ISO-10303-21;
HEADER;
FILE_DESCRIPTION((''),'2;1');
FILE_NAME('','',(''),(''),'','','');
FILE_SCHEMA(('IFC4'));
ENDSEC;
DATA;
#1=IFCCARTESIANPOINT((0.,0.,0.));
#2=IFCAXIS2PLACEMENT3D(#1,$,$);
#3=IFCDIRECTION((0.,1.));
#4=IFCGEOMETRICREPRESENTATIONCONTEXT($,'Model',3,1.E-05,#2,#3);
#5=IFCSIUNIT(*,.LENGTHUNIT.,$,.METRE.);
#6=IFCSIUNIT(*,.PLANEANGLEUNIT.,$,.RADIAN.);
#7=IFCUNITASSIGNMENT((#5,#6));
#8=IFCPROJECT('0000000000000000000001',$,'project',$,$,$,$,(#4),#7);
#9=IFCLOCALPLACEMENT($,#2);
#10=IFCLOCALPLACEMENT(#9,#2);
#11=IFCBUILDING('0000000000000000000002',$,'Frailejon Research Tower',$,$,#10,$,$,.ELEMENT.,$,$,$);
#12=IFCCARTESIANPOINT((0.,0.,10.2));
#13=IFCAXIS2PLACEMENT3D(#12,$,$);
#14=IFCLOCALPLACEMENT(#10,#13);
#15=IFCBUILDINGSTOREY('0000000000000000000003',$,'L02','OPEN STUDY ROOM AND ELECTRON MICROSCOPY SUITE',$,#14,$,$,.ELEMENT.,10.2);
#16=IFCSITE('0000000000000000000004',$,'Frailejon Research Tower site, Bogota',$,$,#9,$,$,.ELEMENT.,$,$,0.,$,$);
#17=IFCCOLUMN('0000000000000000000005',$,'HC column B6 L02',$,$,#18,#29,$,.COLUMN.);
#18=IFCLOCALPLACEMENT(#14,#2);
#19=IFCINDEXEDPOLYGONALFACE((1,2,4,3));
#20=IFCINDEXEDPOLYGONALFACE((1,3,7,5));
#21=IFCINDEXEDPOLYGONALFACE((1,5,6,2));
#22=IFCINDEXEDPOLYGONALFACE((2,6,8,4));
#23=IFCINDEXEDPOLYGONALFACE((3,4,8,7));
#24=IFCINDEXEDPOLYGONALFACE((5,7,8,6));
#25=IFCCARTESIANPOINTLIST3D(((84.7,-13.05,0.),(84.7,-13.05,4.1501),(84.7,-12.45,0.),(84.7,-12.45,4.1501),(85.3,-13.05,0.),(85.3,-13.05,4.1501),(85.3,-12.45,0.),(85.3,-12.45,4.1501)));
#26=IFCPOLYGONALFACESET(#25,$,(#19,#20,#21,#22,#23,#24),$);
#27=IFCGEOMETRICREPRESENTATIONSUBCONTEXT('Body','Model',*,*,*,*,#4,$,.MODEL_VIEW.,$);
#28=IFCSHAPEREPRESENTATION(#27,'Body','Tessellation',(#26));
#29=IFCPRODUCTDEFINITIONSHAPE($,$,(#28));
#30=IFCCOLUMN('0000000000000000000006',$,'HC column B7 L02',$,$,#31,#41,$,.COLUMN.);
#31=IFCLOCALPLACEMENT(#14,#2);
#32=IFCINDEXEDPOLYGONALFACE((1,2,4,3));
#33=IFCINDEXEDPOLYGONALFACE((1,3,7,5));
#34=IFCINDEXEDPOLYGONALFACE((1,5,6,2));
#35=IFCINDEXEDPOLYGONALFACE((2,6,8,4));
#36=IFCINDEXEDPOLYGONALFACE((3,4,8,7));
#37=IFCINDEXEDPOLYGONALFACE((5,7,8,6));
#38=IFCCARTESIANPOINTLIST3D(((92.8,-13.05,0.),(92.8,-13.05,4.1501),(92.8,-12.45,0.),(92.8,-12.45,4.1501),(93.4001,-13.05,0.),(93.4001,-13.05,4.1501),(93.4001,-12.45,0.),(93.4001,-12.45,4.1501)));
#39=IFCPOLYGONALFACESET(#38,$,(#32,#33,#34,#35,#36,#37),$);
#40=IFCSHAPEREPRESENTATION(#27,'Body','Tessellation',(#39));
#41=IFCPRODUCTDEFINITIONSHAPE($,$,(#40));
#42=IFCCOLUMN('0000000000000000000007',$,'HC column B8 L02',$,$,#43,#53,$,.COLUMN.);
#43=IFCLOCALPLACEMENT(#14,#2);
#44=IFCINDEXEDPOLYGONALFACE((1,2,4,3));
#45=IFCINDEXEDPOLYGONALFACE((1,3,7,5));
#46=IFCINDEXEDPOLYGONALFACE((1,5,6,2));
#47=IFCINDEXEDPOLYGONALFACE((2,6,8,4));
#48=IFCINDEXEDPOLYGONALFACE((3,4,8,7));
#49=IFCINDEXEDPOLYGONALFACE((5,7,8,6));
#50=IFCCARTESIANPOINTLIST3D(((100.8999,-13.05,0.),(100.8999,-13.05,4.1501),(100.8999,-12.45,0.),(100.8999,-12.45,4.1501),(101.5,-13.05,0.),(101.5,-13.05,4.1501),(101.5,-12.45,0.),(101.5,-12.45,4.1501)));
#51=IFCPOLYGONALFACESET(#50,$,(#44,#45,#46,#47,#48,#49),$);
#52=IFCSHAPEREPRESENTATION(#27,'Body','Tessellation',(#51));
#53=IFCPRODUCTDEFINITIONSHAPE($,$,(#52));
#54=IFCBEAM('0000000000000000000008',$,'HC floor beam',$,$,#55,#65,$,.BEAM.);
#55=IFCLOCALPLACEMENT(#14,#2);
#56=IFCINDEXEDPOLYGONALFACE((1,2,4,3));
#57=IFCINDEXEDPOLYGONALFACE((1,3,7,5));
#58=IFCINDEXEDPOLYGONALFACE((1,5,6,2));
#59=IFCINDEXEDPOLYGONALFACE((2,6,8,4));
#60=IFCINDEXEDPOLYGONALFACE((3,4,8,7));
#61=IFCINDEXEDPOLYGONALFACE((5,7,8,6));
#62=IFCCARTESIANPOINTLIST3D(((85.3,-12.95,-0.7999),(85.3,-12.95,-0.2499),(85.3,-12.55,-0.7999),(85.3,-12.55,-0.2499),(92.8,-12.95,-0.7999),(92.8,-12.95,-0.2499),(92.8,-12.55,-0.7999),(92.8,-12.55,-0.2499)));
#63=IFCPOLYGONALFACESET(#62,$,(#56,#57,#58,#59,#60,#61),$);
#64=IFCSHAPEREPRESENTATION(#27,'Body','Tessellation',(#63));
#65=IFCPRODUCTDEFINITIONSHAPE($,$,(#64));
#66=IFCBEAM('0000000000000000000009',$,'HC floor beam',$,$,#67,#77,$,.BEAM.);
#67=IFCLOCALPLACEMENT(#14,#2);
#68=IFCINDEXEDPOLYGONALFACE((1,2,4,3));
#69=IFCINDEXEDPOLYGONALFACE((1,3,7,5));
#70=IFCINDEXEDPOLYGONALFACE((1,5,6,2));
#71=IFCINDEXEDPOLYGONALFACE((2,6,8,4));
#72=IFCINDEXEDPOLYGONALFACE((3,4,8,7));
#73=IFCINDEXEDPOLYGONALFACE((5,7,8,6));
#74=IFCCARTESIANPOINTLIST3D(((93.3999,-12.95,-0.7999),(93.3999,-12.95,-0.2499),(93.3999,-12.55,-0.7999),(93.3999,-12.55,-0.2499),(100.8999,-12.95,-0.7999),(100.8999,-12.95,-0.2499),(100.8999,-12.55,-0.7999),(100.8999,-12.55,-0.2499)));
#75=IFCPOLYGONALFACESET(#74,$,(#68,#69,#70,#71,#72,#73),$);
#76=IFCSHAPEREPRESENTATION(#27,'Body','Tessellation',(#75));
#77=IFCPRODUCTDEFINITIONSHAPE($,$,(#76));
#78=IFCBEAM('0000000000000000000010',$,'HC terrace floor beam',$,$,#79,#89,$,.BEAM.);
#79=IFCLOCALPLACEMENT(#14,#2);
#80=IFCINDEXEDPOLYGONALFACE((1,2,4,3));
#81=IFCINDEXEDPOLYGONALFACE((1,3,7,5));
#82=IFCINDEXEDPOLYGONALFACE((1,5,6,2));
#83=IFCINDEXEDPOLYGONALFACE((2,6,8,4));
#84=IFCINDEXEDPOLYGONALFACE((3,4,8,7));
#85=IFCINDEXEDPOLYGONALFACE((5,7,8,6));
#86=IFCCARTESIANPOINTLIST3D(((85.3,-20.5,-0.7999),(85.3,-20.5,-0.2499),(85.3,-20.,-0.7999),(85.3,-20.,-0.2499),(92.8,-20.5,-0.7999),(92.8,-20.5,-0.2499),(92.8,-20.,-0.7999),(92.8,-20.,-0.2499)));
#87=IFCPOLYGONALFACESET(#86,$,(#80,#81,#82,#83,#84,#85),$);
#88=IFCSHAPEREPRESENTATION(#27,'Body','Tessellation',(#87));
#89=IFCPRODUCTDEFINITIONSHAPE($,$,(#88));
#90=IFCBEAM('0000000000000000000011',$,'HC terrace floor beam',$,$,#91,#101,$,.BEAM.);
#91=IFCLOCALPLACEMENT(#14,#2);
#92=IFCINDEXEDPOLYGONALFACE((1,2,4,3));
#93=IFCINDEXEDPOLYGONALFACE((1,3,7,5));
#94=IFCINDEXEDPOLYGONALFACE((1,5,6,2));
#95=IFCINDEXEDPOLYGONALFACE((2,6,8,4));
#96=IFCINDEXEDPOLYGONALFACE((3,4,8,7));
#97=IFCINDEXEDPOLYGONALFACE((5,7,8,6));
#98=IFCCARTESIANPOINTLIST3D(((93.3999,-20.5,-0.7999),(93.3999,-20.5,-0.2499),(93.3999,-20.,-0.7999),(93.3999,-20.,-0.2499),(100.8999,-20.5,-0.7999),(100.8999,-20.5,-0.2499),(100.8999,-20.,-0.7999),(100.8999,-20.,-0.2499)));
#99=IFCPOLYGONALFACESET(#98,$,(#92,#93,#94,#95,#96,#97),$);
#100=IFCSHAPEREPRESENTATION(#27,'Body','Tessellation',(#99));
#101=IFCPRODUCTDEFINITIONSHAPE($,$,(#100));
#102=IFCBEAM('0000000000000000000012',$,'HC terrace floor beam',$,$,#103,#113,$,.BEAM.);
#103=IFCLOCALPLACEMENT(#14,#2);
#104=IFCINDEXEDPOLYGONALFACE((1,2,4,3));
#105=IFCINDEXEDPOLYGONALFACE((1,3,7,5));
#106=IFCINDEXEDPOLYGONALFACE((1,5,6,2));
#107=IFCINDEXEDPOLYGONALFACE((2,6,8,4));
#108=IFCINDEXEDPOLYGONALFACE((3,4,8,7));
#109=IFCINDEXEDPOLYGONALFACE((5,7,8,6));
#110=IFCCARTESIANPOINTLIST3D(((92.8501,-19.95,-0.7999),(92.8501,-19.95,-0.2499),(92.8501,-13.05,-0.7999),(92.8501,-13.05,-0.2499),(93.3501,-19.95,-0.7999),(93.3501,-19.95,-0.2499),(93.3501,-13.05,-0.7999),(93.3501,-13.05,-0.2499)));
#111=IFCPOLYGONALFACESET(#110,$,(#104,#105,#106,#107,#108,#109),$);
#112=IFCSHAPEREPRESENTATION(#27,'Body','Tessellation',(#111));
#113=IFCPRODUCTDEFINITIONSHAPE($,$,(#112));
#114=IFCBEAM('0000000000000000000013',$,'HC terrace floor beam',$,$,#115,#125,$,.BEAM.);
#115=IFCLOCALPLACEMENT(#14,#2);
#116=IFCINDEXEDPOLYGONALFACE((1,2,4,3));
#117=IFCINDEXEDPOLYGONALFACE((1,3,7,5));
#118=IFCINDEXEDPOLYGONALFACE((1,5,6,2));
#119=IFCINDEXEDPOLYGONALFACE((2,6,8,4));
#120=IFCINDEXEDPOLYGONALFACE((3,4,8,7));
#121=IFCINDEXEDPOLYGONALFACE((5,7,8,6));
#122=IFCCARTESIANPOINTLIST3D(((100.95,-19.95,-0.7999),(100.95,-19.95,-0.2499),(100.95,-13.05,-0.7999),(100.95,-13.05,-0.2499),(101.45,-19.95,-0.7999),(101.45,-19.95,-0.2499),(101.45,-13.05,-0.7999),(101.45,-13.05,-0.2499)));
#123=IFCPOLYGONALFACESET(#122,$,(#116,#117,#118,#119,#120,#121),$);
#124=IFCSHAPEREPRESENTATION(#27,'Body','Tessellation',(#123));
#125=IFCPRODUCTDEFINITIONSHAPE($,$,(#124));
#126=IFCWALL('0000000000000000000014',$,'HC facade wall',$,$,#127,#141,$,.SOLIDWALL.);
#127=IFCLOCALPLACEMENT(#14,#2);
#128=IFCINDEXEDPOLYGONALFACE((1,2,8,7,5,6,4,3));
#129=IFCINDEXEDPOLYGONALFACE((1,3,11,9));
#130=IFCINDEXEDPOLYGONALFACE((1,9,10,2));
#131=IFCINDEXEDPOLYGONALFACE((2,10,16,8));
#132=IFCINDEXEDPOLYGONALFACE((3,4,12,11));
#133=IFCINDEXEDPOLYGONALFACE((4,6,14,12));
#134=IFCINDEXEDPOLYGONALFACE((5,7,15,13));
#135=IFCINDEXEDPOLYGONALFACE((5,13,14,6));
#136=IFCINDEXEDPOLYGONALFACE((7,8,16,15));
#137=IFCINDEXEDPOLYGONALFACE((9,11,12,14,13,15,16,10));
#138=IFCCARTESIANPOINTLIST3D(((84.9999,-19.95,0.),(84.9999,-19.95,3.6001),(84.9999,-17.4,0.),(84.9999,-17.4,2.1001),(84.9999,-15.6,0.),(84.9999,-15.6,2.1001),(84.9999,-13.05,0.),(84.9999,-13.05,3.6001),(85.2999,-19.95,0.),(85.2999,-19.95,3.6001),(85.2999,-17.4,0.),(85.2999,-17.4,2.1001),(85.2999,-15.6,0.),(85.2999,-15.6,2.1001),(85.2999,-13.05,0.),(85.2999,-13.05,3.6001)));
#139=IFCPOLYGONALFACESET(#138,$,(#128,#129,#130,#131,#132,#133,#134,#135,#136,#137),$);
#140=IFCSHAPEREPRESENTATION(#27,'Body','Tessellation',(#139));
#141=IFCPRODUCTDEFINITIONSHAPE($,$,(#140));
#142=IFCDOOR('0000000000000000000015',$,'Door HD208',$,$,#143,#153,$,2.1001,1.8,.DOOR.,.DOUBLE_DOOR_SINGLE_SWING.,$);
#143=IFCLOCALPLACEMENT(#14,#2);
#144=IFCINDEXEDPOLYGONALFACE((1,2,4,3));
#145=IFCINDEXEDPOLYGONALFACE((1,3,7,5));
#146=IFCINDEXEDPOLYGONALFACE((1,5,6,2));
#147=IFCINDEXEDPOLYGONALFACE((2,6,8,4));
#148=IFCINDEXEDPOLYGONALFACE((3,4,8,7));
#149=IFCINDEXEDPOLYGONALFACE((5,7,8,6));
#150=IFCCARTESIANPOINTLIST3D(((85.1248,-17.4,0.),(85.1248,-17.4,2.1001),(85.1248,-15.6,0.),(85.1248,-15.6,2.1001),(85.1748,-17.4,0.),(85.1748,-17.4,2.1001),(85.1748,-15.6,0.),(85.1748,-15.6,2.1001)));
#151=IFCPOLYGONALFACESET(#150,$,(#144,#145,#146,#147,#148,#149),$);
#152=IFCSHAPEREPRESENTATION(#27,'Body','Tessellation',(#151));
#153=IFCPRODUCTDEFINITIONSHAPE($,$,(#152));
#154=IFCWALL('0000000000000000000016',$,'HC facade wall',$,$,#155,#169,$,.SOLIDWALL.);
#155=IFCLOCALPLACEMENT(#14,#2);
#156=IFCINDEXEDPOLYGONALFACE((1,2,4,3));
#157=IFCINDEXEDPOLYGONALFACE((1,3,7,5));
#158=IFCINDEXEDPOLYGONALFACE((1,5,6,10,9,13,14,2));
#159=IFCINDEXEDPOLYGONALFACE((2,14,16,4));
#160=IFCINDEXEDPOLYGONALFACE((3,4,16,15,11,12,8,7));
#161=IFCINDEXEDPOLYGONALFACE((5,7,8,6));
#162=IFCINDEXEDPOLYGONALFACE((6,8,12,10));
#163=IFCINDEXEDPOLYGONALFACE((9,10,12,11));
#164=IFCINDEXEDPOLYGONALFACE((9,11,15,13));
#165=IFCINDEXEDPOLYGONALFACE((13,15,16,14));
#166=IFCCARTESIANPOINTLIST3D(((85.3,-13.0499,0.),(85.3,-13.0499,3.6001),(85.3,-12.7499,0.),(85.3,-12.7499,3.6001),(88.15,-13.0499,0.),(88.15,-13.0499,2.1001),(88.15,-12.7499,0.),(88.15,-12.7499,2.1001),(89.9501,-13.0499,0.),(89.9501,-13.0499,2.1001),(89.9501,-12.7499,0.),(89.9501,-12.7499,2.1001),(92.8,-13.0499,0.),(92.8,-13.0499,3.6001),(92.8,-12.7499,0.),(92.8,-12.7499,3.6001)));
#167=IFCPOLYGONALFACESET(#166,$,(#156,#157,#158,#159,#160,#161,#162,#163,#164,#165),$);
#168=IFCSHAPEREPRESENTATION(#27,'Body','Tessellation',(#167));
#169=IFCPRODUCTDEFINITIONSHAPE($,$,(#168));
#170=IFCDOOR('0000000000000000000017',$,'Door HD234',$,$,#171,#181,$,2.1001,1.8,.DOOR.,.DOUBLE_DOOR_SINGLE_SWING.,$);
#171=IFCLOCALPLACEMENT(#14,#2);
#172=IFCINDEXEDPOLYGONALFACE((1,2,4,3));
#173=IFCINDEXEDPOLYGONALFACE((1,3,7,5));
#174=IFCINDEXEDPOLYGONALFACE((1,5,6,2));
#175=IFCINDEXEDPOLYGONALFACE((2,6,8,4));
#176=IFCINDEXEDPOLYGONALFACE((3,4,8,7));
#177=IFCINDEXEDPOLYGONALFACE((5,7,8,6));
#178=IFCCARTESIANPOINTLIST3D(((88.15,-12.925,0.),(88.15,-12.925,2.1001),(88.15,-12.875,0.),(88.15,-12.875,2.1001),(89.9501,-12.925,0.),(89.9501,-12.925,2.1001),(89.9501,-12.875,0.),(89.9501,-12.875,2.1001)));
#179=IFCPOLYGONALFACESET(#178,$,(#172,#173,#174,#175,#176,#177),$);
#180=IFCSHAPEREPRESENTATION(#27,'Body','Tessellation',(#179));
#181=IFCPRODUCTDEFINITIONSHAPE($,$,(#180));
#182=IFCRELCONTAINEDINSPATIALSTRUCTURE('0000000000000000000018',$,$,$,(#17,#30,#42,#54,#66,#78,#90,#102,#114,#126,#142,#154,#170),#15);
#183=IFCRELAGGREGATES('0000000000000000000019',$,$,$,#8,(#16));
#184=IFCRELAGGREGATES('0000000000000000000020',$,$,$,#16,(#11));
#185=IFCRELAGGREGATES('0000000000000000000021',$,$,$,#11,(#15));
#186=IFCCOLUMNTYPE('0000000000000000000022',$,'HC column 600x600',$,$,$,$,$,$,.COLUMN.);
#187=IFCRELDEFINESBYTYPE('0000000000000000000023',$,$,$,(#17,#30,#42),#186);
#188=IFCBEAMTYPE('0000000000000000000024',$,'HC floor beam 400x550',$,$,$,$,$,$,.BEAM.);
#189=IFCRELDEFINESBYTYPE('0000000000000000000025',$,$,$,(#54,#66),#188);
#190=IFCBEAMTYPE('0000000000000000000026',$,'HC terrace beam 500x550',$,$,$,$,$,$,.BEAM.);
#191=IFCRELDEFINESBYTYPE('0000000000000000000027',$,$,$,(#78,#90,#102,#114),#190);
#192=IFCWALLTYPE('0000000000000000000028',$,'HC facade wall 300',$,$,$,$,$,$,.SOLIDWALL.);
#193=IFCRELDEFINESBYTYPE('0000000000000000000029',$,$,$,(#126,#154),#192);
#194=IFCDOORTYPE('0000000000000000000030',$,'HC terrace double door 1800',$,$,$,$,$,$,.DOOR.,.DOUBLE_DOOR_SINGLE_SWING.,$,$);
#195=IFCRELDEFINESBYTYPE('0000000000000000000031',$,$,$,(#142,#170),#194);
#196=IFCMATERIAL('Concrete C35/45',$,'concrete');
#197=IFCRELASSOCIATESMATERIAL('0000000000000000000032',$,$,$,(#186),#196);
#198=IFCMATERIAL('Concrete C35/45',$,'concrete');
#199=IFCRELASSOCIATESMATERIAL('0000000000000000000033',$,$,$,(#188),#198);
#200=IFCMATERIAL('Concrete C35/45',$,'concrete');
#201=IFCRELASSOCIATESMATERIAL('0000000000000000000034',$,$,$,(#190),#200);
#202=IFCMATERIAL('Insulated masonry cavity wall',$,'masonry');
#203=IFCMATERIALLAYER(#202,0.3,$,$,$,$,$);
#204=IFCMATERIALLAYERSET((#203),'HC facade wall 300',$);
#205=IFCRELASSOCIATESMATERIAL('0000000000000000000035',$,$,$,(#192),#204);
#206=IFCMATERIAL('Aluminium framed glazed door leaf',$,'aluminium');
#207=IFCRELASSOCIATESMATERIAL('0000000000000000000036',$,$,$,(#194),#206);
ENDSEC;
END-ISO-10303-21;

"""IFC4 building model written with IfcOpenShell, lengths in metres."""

from ifc_helpers import new_model, si_unit, direction, frame, frame_2d, origin, origin_2d, place, context, subcontext, project, spatial, rectangle, extrude, material, layer, layer_set, material_profile, profile_set, type_object, element, fill, save


model = new_model("IFC4")

# Units and contexts
model_context = context("Model", 3, precision=1e-05, world=origin(), true_north=direction((0.0, 1.0)))
body_context = subcontext(model_context, "Body", "Model", "MODEL_VIEW")
ifc_project = project(units=[si_unit("LENGTHUNIT", "METRE"), si_unit("PLANEANGLEUNIT", "RADIAN")], contexts=[model_context])

# Site, building, storey
site_placement = place(None, origin())
site = spatial("IfcSite", under=ifc_project, at=site_placement, Name="Frailejon Research Tower site, Bogota", CompositionType="ELEMENT", RefElevation=0.0)
building_placement = place(site_placement, origin())
building = spatial("IfcBuilding", under=site, at=building_placement, Name="Frailejon Research Tower", CompositionType="ELEMENT")
storey_placement = place(building_placement, frame((0.0, 0.0, 10.2)))
storey = spatial("IfcBuildingStorey", under=building, at=storey_placement, Name="L02", Description="OPEN STUDY ROOM AND ELECTRON MICROSCOPY SUITE", CompositionType="ELEMENT", Elevation=10.2)

# Columns
ifc_material_1 = material(Name="Concrete C35/45", Category="concrete")
ifc_material_profile_1 = material_profile(ifc_material_1, rectangle(XDim=0.6001, YDim=0.6001, at=origin_2d()), Name="HC column 600x600")
ifc_profile_set_1 = profile_set([ifc_material_profile_1], Name="Concrete C35/45")
column_type = type_object("IfcColumnType", Name="HC column 600x600", PredefinedType="COLUMN", material=ifc_profile_set_1)
for number, where, z_axis, x_axis, name in (
    (1, (85.0, -12.75, 0.0), (0.0, 0.0, 1.0), (1.0, 0.0, 0.0), "HC column B6 L02"),
    (2, (93.1001, -12.75, 0.0), (0.0, 0.0, 1.0), (1.0, 0.0, 0.0), "HC column B7 L02"),
    (3, (101.2, -12.75, 0.0), (0.0, 0.0, 1.0), (1.0, 0.0, 0.0), "HC column B8 L02"),
):
    element("IfcColumn", number, at=place(storey_placement, frame(where, z_axis=z_axis, x_axis=x_axis)), inside=storey, type_object=column_type, Name=name, PredefinedType="COLUMN", context=body_context, shape_type="SweptSolid", body=[
        extrude(rectangle(XDim=0.6001, YDim=0.6001, at=origin_2d()), origin(), (0.0, 0.0, 1.0), 4.1501),
    ])

# Beams
ifc_material_2 = material(Name="Concrete C35/45", Category="concrete")
ifc_material_profile_2 = material_profile(ifc_material_2, rectangle(XDim=0.3999, YDim=0.55, at=origin_2d()), Name="HC floor beam 400x550")
ifc_profile_set_2 = profile_set([ifc_material_profile_2], Name="Concrete C35/45")
beam_type_1 = type_object("IfcBeamType", Name="HC floor beam 400x550", PredefinedType="BEAM", material=ifc_profile_set_2)
for number, where, z_axis, x_axis, name in (
    (4, (85.3, -12.75, -0.5249), (1.0, 0.0, 0.0), (0.0, 1.0, 0.0), "HC floor beam"),
    (5, (93.3999, -12.75, -0.5249), (1.0, 0.0, 0.0), (0.0, 1.0, 0.0), "HC floor beam"),
):
    element("IfcBeam", number, at=place(storey_placement, frame(where, z_axis=z_axis, x_axis=x_axis)), inside=storey, type_object=beam_type_1, Name=name, PredefinedType="BEAM", context=body_context, shape_type="SweptSolid", body=[
        extrude(rectangle(XDim=0.3999, YDim=0.55, at=origin_2d()), origin(), (0.0, 0.0, 1.0), 7.5),
    ])
ifc_material_3 = material(Name="Concrete C35/45", Category="concrete")
ifc_material_profile_3 = material_profile(ifc_material_3, rectangle(XDim=0.5, YDim=0.55, at=origin_2d()), Name="HC terrace beam 500x550")
ifc_profile_set_3 = profile_set([ifc_material_profile_3], Name="Concrete C35/45")
beam_type_2 = type_object("IfcBeamType", Name="HC terrace beam 500x550", PredefinedType="BEAM", material=ifc_profile_set_3)
for number, where, z_axis, x_axis, name in (
    (6, (85.3, -20.25, -0.5249), (1.0, 0.0, 0.0), (0.0, 1.0, 0.0), "HC terrace floor beam"),
    (7, (93.3999, -20.25, -0.5249), (1.0, 0.0, 0.0), (0.0, 1.0, 0.0), "HC terrace floor beam"),
):
    element("IfcBeam", number, at=place(storey_placement, frame(where, z_axis=z_axis, x_axis=x_axis)), inside=storey, type_object=beam_type_2, Name=name, PredefinedType="BEAM", context=body_context, shape_type="SweptSolid", body=[
        extrude(rectangle(XDim=0.5, YDim=0.55, at=origin_2d()), origin(), (0.0, 0.0, 1.0), 7.5),
    ])
for number, where, z_axis, x_axis, name in (
    (8, (93.1001, -19.95, -0.5249), (0.0, 1.0, 0.0), (-1.0, 0.0, 0.0), "HC terrace floor beam"),
    (9, (101.2, -19.95, -0.5249), (0.0, 1.0, 0.0), (-1.0, 0.0, 0.0), "HC terrace floor beam"),
):
    element("IfcBeam", number, at=place(storey_placement, frame(where, z_axis=z_axis, x_axis=x_axis)), inside=storey, type_object=beam_type_2, Name=name, PredefinedType="BEAM", context=body_context, shape_type="SweptSolid", body=[
        extrude(rectangle(XDim=0.5, YDim=0.55, at=origin_2d()), origin(), (0.0, 0.0, 1.0), 6.8999),
    ])

# Walls, openings, doors
ifc_material_4 = material(Name="Insulated masonry cavity wall", Category="masonry")
ifc_layer = layer(ifc_material_4, 0.3)
ifc_layer_set = layer_set([ifc_layer], Name="HC facade wall 300")
wall_type = type_object("IfcWallType", Name="HC facade wall 300", PredefinedType="SOLIDWALL", material=ifc_layer_set)
wall_1_placement = place(storey_placement, frame((85.1499, -13.05, 0.0), z_axis=(0.0, 0.0, 1.0), x_axis=(0.0, -1.0, 0.0)))
wall_1 = element("IfcWall", 10, at=wall_1_placement, inside=storey, type_object=wall_type, Name="HC facade wall", PredefinedType="SOLIDWALL", context=body_context, shape_type="SweptSolid", body=[
    extrude(rectangle(XDim=6.8999, YDim=0.3, at=frame_2d((3.45, 0.0))), origin(), (0.0, 0.0, 1.0), 3.6001),
])
opening_1_placement = place(wall_1_placement, frame((2.55, 0.0, 0.0)))
opening_1 = element("IfcOpeningElement", 11, at=opening_1_placement, cuts=wall_1, PredefinedType="OPENING", context=body_context, shape_type="SweptSolid", body=[
    extrude(rectangle(XDim=1.8, YDim=2.1001, at=frame_2d((0.8999, 1.05))), frame((0.0, 0.1599, 0.0), z_axis=(0.0, -1.0, 0.0), x_axis=(1.0, 0.0, 0.0)), (0.0, 0.0, 1.0), 0.3201),
])
ifc_material_5 = material(Name="Aluminium framed glazed door leaf", Category="aluminium")
door_type = type_object("IfcDoorType", Name="HC terrace double door 1800", OperationType="DOUBLE_DOOR_SINGLE_SWING", PredefinedType="DOOR", material=ifc_material_5)
door_1_placement = place(opening_1_placement, origin())
door_1 = element("IfcDoor", 12, at=door_1_placement, inside=storey, type_object=door_type, Name="Door HD208", OperationType="DOUBLE_DOOR_SINGLE_SWING", OverallHeight=2.1001, OverallWidth=1.8, PredefinedType="DOOR", context=body_context, shape_type="SweptSolid", body=[
    extrude(rectangle(XDim=1.8, YDim=2.1001, at=frame_2d((0.8999, 1.05))), frame((0.0, 0.0249, 0.0), z_axis=(0.0, -1.0, 0.0), x_axis=(1.0, 0.0, 0.0)), (0.0, 0.0, 1.0), 0.05),
])
fill(opening_1, door_1)
wall_2_placement = place(storey_placement, frame((85.3, -12.8999, 0.0), z_axis=(0.0, 0.0, 1.0), x_axis=(1.0, 0.0, 0.0)))
wall_2 = element("IfcWall", 13, at=wall_2_placement, inside=storey, type_object=wall_type, Name="HC facade wall", PredefinedType="SOLIDWALL", context=body_context, shape_type="SweptSolid", body=[
    extrude(rectangle(XDim=7.5, YDim=0.3, at=frame_2d((3.75, 0.0))), origin(), (0.0, 0.0, 1.0), 3.6001),
])
opening_2_placement = place(wall_2_placement, frame((2.8501, 0.0, 0.0)))
opening_2 = element("IfcOpeningElement", 14, at=opening_2_placement, cuts=wall_2, PredefinedType="OPENING", context=body_context, shape_type="SweptSolid", body=[
    extrude(rectangle(XDim=1.8, YDim=2.1001, at=frame_2d((0.8999, 1.05))), frame((0.0, 0.1599, 0.0), z_axis=(0.0, -1.0, 0.0), x_axis=(1.0, 0.0, 0.0)), (0.0, 0.0, 1.0), 0.3201),
])
door_2_placement = place(opening_2_placement, origin())
door_2 = element("IfcDoor", 15, at=door_2_placement, inside=storey, type_object=door_type, Name="Door HD234", OperationType="DOUBLE_DOOR_SINGLE_SWING", OverallHeight=2.1001, OverallWidth=1.8, PredefinedType="DOOR", context=body_context, shape_type="SweptSolid", body=[
    extrude(rectangle(XDim=1.8, YDim=2.1001, at=frame_2d((0.8999, 1.05))), frame((0.0, 0.0249, 0.0), z_axis=(0.0, -1.0, 0.0), x_axis=(1.0, 0.0, 0.0)), (0.0, 0.0, 1.0), 0.05),
])
fill(opening_2, door_2)

save(model, "model.ifc")
